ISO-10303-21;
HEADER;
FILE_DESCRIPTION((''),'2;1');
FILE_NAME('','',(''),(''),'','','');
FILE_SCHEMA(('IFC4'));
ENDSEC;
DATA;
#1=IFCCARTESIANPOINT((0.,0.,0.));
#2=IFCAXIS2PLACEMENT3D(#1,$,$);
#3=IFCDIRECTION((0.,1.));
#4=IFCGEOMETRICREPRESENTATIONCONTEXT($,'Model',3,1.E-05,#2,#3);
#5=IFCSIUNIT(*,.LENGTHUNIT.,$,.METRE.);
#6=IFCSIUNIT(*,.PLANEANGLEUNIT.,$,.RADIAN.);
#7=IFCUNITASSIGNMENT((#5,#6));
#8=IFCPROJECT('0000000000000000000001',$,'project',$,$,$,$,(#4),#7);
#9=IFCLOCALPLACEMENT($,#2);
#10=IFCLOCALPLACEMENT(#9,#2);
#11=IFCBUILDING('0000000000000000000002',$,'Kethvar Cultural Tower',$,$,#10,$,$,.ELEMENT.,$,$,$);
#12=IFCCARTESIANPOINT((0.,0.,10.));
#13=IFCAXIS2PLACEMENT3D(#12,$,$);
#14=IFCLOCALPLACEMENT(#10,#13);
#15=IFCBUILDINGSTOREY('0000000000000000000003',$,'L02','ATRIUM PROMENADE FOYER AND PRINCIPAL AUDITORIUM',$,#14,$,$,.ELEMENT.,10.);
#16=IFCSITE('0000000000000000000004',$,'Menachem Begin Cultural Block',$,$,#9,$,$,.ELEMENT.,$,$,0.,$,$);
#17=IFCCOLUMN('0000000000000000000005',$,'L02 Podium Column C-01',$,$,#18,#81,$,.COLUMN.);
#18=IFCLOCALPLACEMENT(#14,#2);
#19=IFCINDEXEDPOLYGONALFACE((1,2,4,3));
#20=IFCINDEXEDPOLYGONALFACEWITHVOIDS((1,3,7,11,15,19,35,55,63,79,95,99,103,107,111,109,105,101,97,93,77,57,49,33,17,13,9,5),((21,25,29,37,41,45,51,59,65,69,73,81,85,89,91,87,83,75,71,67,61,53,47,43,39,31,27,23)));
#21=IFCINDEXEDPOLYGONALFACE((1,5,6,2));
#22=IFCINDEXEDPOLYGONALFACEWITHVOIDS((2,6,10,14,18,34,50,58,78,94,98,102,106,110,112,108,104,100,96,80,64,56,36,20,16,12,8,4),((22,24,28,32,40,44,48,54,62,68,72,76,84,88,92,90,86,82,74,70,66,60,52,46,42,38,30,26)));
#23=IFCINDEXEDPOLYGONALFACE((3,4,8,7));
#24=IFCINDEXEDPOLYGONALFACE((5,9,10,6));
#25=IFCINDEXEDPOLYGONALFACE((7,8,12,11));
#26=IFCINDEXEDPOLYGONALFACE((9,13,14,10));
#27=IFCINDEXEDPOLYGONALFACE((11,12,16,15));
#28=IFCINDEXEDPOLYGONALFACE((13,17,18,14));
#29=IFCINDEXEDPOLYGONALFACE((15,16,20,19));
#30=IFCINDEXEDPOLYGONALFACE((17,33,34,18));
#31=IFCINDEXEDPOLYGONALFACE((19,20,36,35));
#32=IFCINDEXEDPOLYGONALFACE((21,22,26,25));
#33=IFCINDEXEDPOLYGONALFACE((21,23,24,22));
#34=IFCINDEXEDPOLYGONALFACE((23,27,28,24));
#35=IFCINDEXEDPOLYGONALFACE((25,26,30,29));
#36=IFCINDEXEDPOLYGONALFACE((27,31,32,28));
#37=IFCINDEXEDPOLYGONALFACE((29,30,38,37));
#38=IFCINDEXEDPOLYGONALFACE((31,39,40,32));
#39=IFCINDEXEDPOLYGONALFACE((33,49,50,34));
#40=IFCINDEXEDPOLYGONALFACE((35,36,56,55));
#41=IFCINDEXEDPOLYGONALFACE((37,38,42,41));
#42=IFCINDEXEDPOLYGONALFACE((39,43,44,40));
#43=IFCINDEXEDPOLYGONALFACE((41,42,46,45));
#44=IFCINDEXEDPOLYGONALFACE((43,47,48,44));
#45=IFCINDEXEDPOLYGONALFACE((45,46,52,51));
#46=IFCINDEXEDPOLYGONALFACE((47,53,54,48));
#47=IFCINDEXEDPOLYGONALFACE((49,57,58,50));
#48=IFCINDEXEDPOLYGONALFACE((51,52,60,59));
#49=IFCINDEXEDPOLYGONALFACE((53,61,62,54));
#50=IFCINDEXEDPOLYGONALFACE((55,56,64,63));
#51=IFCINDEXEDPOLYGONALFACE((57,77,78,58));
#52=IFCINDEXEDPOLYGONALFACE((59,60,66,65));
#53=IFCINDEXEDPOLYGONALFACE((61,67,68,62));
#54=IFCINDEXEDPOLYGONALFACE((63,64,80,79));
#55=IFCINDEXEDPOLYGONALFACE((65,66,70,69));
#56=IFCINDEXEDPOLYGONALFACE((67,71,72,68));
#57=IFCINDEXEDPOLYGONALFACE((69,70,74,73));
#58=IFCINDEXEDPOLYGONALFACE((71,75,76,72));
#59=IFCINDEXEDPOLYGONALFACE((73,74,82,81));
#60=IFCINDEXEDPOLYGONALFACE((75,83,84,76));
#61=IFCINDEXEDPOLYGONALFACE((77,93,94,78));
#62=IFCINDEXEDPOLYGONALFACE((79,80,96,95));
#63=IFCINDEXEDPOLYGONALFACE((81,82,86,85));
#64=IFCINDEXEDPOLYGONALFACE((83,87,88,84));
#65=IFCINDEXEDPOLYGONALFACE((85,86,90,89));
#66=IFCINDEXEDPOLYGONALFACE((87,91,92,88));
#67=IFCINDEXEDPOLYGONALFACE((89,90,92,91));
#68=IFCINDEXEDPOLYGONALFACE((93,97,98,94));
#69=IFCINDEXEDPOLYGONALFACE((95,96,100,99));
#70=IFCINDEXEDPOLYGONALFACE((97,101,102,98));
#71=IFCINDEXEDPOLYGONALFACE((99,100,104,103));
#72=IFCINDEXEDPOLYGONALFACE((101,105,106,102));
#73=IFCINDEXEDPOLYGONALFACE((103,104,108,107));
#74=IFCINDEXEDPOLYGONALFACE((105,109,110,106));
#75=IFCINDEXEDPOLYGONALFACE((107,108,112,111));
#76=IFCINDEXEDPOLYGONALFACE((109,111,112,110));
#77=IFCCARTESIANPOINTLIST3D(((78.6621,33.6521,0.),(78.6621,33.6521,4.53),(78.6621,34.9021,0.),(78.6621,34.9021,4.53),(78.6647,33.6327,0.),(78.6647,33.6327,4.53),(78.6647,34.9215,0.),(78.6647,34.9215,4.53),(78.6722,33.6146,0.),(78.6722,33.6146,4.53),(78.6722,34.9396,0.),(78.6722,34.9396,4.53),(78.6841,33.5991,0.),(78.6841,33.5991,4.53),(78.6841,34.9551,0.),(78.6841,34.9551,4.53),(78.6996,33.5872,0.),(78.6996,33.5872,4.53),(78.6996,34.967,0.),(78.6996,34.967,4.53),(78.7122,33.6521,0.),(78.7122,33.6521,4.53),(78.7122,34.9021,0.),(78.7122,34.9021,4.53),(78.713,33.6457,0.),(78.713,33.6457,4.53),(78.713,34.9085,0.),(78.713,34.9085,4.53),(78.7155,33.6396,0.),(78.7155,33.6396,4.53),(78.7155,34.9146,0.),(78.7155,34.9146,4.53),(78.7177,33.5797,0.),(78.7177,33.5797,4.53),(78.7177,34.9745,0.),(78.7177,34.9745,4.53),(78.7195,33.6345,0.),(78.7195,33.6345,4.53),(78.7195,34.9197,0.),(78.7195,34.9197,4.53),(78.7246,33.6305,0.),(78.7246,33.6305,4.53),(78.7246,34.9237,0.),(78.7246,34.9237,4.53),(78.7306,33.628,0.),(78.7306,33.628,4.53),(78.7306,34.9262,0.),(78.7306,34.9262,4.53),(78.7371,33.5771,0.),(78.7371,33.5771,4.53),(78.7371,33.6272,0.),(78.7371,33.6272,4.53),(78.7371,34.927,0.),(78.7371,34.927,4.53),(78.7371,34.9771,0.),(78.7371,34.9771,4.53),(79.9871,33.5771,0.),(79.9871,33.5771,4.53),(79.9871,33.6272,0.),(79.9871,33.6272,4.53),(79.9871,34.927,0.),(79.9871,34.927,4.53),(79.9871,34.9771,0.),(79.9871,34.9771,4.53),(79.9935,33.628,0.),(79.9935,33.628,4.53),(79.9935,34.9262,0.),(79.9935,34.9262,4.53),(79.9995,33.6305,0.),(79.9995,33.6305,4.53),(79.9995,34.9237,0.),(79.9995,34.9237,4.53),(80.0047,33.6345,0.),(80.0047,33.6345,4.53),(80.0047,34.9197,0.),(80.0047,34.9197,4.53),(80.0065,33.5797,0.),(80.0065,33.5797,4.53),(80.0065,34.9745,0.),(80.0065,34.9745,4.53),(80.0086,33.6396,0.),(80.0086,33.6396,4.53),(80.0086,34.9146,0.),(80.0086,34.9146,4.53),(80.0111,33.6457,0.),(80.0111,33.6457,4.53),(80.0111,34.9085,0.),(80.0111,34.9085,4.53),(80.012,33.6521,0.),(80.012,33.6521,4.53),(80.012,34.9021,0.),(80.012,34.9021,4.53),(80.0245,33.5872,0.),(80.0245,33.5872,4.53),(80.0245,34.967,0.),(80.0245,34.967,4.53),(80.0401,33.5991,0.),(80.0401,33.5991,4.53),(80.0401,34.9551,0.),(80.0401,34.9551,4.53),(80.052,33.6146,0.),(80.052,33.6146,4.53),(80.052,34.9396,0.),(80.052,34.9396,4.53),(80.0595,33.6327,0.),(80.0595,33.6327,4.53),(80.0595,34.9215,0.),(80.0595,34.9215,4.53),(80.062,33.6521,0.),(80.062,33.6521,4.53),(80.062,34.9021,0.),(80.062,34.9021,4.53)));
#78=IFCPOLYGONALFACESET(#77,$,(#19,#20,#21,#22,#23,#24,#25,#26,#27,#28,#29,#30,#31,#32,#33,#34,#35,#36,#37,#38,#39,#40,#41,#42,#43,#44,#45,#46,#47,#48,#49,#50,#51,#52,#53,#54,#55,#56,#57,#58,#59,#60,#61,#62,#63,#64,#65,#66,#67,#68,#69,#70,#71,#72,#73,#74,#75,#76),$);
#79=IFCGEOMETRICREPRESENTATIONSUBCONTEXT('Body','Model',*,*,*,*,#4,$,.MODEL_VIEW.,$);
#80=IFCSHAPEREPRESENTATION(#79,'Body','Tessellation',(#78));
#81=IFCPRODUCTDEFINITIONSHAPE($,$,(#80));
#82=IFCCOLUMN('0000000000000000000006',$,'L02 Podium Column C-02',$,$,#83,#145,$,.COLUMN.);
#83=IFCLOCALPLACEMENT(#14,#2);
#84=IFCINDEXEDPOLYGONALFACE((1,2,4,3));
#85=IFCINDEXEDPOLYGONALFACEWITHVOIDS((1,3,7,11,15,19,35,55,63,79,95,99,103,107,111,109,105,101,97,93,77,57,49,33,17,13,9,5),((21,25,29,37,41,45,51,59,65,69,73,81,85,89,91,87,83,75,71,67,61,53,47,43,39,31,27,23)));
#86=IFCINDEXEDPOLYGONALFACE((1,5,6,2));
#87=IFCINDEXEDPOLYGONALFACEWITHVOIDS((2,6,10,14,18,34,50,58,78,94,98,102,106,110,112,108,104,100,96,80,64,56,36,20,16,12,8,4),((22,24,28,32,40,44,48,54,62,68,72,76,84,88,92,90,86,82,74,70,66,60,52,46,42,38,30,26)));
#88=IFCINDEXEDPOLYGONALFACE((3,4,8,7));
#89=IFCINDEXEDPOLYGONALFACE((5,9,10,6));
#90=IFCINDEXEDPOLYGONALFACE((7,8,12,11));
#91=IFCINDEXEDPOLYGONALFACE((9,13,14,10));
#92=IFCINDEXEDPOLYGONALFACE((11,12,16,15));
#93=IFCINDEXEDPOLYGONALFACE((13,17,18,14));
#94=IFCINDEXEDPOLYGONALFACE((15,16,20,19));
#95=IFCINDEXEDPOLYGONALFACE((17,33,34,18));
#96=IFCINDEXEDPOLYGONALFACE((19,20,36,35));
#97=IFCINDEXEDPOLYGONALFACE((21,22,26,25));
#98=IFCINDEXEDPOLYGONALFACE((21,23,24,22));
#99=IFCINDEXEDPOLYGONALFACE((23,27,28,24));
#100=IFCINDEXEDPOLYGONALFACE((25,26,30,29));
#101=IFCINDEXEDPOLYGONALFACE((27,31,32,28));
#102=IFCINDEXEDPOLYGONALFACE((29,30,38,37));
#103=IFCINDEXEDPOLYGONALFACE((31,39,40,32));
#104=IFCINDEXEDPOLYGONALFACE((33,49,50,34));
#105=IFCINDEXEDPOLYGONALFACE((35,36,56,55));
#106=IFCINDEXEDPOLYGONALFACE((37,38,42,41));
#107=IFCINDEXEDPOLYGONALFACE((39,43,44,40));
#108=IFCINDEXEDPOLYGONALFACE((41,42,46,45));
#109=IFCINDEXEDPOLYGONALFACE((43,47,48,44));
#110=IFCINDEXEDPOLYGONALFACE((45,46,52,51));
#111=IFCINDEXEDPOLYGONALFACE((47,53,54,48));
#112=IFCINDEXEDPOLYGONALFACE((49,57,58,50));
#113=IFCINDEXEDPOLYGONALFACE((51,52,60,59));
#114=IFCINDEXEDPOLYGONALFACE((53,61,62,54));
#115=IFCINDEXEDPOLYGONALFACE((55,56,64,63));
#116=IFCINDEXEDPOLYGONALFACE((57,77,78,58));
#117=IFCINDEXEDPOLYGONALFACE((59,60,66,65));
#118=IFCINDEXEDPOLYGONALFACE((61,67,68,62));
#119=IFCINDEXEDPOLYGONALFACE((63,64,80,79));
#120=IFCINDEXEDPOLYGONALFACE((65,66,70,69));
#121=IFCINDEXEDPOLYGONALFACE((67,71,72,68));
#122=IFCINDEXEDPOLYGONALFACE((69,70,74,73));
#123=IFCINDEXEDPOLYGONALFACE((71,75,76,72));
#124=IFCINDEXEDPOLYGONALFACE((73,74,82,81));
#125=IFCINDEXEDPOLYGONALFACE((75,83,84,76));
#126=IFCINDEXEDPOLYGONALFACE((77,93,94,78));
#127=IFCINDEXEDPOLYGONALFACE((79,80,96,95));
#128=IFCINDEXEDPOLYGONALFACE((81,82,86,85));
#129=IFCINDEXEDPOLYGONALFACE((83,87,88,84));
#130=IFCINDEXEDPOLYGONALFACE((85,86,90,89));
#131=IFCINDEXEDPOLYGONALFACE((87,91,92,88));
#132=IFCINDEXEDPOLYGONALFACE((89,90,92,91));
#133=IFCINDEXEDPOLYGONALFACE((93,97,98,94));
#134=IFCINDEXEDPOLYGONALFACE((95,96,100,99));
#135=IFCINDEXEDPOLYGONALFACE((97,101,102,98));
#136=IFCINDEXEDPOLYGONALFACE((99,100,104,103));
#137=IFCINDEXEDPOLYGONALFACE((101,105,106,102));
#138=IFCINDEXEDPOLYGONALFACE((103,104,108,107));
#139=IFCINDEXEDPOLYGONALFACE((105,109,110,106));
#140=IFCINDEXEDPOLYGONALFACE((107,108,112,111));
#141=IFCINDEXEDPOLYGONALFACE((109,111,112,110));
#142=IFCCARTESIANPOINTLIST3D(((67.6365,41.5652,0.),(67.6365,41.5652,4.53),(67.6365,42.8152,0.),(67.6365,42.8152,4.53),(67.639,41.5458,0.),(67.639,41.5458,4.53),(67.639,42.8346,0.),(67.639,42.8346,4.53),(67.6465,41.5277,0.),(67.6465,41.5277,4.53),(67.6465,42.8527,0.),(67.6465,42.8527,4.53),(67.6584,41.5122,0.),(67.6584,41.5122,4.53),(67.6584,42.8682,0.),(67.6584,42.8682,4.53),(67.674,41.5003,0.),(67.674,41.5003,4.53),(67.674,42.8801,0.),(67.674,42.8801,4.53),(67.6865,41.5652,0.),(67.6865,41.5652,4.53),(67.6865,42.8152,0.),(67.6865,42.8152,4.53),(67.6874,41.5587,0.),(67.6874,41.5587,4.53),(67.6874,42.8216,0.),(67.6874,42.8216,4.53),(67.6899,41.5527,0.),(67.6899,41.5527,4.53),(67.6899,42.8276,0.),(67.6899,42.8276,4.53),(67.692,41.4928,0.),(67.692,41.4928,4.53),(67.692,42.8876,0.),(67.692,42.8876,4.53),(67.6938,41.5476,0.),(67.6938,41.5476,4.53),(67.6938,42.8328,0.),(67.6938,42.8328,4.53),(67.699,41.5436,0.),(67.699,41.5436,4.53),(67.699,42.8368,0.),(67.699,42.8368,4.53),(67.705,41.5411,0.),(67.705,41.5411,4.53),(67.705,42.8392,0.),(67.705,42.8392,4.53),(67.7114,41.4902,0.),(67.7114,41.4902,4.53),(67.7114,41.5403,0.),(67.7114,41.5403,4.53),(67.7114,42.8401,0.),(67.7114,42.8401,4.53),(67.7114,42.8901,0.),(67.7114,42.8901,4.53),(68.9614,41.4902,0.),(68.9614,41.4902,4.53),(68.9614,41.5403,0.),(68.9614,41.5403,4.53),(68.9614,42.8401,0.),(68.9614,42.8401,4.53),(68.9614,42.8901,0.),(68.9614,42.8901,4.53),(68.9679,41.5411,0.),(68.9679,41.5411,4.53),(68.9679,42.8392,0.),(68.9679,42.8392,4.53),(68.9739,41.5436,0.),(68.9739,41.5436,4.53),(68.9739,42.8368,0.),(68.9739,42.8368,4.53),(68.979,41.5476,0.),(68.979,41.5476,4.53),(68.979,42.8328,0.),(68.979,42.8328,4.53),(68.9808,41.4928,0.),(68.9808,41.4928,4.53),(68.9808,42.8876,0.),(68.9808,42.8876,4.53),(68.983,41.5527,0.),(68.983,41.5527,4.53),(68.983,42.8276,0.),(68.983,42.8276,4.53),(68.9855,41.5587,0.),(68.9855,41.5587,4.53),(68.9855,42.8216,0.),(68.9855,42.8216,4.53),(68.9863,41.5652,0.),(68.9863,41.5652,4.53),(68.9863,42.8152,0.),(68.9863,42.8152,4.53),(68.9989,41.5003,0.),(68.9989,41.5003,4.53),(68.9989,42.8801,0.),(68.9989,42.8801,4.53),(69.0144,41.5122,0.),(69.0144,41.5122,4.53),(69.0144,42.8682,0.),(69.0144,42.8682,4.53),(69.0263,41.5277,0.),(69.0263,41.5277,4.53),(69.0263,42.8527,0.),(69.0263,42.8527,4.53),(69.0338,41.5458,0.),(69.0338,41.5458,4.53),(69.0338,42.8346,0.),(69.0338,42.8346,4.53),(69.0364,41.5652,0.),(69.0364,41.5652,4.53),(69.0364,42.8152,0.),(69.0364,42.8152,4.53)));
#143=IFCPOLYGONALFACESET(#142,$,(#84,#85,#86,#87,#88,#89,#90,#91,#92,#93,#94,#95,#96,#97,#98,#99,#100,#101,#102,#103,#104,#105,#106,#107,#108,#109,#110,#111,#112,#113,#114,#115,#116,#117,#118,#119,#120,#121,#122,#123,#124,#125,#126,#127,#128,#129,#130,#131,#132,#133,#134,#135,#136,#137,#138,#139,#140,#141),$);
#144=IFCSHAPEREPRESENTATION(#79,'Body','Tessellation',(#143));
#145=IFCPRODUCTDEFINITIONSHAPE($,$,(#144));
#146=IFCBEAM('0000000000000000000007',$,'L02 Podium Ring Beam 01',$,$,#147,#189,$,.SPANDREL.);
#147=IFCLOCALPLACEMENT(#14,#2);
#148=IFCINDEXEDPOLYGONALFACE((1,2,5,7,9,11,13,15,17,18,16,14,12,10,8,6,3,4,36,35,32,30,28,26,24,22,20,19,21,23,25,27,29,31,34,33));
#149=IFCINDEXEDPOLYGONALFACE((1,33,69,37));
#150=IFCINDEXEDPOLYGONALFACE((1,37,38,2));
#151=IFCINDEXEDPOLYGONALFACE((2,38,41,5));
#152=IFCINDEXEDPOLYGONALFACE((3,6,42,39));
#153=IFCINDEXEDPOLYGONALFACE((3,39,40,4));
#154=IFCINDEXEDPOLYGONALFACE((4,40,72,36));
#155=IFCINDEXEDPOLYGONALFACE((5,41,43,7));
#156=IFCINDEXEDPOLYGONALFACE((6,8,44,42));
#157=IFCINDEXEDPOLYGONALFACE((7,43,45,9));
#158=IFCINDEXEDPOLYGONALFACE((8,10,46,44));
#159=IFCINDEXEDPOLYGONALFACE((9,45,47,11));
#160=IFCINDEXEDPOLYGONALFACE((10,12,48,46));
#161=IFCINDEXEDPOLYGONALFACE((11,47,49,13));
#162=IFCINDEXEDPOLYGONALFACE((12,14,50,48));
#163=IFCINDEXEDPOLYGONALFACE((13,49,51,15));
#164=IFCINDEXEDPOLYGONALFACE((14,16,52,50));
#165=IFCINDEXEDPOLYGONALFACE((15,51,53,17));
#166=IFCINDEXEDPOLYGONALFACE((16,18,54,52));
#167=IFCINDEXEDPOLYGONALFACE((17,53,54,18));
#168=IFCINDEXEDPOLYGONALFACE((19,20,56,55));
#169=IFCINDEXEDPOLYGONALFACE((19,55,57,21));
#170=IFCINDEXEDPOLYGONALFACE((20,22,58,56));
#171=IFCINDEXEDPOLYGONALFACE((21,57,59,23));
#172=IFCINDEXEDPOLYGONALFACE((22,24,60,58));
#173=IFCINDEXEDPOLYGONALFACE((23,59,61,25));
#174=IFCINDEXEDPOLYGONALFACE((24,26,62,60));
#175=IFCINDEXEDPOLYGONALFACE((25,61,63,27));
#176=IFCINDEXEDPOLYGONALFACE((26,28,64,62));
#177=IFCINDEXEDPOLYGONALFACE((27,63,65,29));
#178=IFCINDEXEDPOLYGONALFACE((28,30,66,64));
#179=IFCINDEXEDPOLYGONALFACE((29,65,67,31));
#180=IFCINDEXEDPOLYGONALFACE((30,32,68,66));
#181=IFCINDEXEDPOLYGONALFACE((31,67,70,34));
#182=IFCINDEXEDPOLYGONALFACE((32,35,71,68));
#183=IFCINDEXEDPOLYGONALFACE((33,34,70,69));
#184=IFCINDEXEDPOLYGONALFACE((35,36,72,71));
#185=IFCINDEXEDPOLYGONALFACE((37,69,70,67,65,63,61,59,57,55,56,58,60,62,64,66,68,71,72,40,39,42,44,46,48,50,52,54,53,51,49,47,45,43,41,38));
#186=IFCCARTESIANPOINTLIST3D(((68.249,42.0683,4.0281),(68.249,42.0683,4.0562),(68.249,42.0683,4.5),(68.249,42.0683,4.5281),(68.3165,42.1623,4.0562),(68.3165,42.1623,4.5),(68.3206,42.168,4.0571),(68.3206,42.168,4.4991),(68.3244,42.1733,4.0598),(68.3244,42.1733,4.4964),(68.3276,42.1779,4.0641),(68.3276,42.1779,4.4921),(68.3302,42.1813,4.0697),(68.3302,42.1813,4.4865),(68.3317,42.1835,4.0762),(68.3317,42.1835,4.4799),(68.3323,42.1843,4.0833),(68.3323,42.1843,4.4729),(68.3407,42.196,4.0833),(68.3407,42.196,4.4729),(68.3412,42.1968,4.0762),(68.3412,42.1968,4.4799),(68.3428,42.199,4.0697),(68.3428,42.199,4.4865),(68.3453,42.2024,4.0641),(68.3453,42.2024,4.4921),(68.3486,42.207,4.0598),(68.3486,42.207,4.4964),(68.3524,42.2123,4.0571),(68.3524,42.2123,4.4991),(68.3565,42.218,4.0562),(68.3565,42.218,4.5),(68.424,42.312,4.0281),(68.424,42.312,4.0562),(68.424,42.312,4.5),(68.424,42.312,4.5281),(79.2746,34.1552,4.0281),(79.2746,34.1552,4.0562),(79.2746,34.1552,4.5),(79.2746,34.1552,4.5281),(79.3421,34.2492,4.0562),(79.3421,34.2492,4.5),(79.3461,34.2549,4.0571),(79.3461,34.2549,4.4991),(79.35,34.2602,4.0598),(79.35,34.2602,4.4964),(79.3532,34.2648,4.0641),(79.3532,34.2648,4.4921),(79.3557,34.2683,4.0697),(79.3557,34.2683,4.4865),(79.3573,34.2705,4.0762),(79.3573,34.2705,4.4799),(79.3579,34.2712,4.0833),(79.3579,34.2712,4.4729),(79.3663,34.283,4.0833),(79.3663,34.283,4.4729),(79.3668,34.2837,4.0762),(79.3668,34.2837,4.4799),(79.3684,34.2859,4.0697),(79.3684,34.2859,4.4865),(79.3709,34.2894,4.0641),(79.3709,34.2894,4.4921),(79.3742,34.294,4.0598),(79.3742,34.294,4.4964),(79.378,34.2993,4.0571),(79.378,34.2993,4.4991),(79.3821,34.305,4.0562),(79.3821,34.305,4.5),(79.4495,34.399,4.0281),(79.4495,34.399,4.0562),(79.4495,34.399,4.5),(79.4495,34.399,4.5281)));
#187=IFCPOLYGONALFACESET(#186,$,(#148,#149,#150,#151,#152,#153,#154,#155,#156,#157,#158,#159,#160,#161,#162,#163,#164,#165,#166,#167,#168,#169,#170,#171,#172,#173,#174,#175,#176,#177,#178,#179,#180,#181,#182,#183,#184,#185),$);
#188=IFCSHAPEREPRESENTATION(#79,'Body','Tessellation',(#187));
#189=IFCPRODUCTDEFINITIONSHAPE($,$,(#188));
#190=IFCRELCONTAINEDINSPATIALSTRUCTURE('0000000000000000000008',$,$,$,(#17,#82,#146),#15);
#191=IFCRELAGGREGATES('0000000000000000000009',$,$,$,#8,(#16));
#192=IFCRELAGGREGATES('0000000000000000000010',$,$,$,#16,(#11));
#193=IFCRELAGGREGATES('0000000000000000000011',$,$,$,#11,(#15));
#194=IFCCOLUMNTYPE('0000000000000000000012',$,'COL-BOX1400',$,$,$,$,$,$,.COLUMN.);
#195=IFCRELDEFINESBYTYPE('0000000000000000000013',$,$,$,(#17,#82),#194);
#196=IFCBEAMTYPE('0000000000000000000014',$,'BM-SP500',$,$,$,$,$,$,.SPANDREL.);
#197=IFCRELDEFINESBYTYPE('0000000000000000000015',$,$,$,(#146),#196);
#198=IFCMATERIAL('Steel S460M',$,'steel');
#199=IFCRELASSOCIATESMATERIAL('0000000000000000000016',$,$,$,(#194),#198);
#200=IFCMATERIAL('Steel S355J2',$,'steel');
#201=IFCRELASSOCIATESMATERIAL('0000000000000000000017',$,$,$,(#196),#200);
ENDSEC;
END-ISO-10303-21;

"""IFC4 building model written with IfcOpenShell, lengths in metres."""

from ifc_helpers import new_model, si_unit, direction, frame, origin, origin_2d, place, context, subcontext, project, spatial, hollow_rectangle, i_section, extrude, source, transform, mapped, material, material_profile, profile_set, type_object, element, save


model = new_model("IFC4")

# Units and contexts
model_context = context("Model", 3, precision=1e-05, world=origin(), true_north=direction((0.0, 1.0)))
body_context = subcontext(model_context, "Body", "Model", "MODEL_VIEW")
ifc_project = project(units=[si_unit("LENGTHUNIT", "METRE"), si_unit("PLANEANGLEUNIT", "RADIAN")], contexts=[model_context])

# Site, building, storey
site_placement = place(None, origin())
site = spatial("IfcSite", under=ifc_project, at=site_placement, Name="Menachem Begin Cultural Block", CompositionType="ELEMENT", RefElevation=0.0)
building_placement = place(site_placement, origin())
building = spatial("IfcBuilding", under=site, at=building_placement, Name="Kethvar Cultural Tower", CompositionType="ELEMENT")
storey_placement = place(building_placement, frame((0.0, 0.0, 10.0)))
storey = spatial("IfcBuildingStorey", under=building, at=storey_placement, Name="L02", Description="ATRIUM PROMENADE FOYER AND PRINCIPAL AUDITORIUM", CompositionType="ELEMENT", Elevation=10.0)

# Columns
ifc_material_1 = material(Name="Steel S460M", Category="steel")
ifc_material_profile_1 = material_profile(ifc_material_1, hollow_rectangle(XDim=1.3999, YDim=1.3999, WallThickness=0.05, InnerFilletRadius=0.0249, OuterFilletRadius=0.075, at=origin_2d()), Name="Steel S460M — BOX1400x1400x50")
ifc_profile_set_1 = profile_set([ifc_material_profile_1], Name="Steel S460M — BOX1400x1400x50")
column_type = type_object("IfcColumnType", Name="COL-BOX1400", PredefinedType="COLUMN", material=ifc_profile_set_1)
shared_shape_1 = source(origin(), body_context, "Body", "SweptSolid", [
    extrude(hollow_rectangle(XDim=1.3999, YDim=1.3999, WallThickness=0.05, InnerFilletRadius=0.0249, OuterFilletRadius=0.075, at=origin_2d()), origin(), (0.0, 0.0, 1.0), 4.53),
])
for number, where, z_axis, x_axis, name in (
    (1, (79.3621, 34.2771, 0.0), (0.0, 0.0, 1.0), (1.0, 0.0, 0.0), "L02 Podium Column C-01"),
    (2, (68.3364, 42.1902, 0.0), (0.0, 0.0, 1.0), (1.0, 0.0, 0.0), "L02 Podium Column C-02"),
):
    element("IfcColumn", number, at=place(storey_placement, frame(where, z_axis=z_axis, x_axis=x_axis)), inside=storey, type_object=column_type, Name=name, PredefinedType="COLUMN", context=body_context, shape_type="MappedRepresentation", body=[
        mapped(shared_shape_1, transform((0.0, 0.0, 0.0), scale=1.0)),
    ])

# Beam
ifc_material_2 = material(Name="Steel S355J2", Category="steel")
ifc_material_profile_2 = material_profile(ifc_material_2, i_section(OverallWidth=0.3, OverallDepth=0.5, WebThickness=0.0144, FlangeThickness=0.0281, FilletRadius=0.0271, at=origin_2d()), Name="Steel S355J2 — HEB500")
ifc_profile_set_2 = profile_set([ifc_material_profile_2], Name="Steel S355J2 — HEB500")
beam_type = type_object("IfcBeamType", Name="BM-SP500", PredefinedType="SPANDREL", material=ifc_profile_set_2)
shared_shape_2 = source(origin(), body_context, "Body", "SweptSolid", [
    extrude(i_section(OverallWidth=0.3, OverallDepth=0.5, WebThickness=0.0144, FlangeThickness=0.0281, FilletRadius=0.0271, at=origin_2d()), origin(), (0.0, 0.0, 1.0), 13.5713),
])
beam_1_placement = place(storey_placement, frame((79.3621, 34.2771, 4.2781), z_axis=(-0.81242, 0.583073, 0.0), x_axis=(-0.583073, -0.81242, 0.0)))
element("IfcBeam", 3, at=beam_1_placement, inside=storey, type_object=beam_type, Name="L02 Podium Ring Beam 01", PredefinedType="SPANDREL", context=body_context, shape_type="MappedRepresentation", body=[
    mapped(shared_shape_2, transform((0.0, 0.0, 0.0), scale=1.0)),
])

save(model, "model.ifc")
